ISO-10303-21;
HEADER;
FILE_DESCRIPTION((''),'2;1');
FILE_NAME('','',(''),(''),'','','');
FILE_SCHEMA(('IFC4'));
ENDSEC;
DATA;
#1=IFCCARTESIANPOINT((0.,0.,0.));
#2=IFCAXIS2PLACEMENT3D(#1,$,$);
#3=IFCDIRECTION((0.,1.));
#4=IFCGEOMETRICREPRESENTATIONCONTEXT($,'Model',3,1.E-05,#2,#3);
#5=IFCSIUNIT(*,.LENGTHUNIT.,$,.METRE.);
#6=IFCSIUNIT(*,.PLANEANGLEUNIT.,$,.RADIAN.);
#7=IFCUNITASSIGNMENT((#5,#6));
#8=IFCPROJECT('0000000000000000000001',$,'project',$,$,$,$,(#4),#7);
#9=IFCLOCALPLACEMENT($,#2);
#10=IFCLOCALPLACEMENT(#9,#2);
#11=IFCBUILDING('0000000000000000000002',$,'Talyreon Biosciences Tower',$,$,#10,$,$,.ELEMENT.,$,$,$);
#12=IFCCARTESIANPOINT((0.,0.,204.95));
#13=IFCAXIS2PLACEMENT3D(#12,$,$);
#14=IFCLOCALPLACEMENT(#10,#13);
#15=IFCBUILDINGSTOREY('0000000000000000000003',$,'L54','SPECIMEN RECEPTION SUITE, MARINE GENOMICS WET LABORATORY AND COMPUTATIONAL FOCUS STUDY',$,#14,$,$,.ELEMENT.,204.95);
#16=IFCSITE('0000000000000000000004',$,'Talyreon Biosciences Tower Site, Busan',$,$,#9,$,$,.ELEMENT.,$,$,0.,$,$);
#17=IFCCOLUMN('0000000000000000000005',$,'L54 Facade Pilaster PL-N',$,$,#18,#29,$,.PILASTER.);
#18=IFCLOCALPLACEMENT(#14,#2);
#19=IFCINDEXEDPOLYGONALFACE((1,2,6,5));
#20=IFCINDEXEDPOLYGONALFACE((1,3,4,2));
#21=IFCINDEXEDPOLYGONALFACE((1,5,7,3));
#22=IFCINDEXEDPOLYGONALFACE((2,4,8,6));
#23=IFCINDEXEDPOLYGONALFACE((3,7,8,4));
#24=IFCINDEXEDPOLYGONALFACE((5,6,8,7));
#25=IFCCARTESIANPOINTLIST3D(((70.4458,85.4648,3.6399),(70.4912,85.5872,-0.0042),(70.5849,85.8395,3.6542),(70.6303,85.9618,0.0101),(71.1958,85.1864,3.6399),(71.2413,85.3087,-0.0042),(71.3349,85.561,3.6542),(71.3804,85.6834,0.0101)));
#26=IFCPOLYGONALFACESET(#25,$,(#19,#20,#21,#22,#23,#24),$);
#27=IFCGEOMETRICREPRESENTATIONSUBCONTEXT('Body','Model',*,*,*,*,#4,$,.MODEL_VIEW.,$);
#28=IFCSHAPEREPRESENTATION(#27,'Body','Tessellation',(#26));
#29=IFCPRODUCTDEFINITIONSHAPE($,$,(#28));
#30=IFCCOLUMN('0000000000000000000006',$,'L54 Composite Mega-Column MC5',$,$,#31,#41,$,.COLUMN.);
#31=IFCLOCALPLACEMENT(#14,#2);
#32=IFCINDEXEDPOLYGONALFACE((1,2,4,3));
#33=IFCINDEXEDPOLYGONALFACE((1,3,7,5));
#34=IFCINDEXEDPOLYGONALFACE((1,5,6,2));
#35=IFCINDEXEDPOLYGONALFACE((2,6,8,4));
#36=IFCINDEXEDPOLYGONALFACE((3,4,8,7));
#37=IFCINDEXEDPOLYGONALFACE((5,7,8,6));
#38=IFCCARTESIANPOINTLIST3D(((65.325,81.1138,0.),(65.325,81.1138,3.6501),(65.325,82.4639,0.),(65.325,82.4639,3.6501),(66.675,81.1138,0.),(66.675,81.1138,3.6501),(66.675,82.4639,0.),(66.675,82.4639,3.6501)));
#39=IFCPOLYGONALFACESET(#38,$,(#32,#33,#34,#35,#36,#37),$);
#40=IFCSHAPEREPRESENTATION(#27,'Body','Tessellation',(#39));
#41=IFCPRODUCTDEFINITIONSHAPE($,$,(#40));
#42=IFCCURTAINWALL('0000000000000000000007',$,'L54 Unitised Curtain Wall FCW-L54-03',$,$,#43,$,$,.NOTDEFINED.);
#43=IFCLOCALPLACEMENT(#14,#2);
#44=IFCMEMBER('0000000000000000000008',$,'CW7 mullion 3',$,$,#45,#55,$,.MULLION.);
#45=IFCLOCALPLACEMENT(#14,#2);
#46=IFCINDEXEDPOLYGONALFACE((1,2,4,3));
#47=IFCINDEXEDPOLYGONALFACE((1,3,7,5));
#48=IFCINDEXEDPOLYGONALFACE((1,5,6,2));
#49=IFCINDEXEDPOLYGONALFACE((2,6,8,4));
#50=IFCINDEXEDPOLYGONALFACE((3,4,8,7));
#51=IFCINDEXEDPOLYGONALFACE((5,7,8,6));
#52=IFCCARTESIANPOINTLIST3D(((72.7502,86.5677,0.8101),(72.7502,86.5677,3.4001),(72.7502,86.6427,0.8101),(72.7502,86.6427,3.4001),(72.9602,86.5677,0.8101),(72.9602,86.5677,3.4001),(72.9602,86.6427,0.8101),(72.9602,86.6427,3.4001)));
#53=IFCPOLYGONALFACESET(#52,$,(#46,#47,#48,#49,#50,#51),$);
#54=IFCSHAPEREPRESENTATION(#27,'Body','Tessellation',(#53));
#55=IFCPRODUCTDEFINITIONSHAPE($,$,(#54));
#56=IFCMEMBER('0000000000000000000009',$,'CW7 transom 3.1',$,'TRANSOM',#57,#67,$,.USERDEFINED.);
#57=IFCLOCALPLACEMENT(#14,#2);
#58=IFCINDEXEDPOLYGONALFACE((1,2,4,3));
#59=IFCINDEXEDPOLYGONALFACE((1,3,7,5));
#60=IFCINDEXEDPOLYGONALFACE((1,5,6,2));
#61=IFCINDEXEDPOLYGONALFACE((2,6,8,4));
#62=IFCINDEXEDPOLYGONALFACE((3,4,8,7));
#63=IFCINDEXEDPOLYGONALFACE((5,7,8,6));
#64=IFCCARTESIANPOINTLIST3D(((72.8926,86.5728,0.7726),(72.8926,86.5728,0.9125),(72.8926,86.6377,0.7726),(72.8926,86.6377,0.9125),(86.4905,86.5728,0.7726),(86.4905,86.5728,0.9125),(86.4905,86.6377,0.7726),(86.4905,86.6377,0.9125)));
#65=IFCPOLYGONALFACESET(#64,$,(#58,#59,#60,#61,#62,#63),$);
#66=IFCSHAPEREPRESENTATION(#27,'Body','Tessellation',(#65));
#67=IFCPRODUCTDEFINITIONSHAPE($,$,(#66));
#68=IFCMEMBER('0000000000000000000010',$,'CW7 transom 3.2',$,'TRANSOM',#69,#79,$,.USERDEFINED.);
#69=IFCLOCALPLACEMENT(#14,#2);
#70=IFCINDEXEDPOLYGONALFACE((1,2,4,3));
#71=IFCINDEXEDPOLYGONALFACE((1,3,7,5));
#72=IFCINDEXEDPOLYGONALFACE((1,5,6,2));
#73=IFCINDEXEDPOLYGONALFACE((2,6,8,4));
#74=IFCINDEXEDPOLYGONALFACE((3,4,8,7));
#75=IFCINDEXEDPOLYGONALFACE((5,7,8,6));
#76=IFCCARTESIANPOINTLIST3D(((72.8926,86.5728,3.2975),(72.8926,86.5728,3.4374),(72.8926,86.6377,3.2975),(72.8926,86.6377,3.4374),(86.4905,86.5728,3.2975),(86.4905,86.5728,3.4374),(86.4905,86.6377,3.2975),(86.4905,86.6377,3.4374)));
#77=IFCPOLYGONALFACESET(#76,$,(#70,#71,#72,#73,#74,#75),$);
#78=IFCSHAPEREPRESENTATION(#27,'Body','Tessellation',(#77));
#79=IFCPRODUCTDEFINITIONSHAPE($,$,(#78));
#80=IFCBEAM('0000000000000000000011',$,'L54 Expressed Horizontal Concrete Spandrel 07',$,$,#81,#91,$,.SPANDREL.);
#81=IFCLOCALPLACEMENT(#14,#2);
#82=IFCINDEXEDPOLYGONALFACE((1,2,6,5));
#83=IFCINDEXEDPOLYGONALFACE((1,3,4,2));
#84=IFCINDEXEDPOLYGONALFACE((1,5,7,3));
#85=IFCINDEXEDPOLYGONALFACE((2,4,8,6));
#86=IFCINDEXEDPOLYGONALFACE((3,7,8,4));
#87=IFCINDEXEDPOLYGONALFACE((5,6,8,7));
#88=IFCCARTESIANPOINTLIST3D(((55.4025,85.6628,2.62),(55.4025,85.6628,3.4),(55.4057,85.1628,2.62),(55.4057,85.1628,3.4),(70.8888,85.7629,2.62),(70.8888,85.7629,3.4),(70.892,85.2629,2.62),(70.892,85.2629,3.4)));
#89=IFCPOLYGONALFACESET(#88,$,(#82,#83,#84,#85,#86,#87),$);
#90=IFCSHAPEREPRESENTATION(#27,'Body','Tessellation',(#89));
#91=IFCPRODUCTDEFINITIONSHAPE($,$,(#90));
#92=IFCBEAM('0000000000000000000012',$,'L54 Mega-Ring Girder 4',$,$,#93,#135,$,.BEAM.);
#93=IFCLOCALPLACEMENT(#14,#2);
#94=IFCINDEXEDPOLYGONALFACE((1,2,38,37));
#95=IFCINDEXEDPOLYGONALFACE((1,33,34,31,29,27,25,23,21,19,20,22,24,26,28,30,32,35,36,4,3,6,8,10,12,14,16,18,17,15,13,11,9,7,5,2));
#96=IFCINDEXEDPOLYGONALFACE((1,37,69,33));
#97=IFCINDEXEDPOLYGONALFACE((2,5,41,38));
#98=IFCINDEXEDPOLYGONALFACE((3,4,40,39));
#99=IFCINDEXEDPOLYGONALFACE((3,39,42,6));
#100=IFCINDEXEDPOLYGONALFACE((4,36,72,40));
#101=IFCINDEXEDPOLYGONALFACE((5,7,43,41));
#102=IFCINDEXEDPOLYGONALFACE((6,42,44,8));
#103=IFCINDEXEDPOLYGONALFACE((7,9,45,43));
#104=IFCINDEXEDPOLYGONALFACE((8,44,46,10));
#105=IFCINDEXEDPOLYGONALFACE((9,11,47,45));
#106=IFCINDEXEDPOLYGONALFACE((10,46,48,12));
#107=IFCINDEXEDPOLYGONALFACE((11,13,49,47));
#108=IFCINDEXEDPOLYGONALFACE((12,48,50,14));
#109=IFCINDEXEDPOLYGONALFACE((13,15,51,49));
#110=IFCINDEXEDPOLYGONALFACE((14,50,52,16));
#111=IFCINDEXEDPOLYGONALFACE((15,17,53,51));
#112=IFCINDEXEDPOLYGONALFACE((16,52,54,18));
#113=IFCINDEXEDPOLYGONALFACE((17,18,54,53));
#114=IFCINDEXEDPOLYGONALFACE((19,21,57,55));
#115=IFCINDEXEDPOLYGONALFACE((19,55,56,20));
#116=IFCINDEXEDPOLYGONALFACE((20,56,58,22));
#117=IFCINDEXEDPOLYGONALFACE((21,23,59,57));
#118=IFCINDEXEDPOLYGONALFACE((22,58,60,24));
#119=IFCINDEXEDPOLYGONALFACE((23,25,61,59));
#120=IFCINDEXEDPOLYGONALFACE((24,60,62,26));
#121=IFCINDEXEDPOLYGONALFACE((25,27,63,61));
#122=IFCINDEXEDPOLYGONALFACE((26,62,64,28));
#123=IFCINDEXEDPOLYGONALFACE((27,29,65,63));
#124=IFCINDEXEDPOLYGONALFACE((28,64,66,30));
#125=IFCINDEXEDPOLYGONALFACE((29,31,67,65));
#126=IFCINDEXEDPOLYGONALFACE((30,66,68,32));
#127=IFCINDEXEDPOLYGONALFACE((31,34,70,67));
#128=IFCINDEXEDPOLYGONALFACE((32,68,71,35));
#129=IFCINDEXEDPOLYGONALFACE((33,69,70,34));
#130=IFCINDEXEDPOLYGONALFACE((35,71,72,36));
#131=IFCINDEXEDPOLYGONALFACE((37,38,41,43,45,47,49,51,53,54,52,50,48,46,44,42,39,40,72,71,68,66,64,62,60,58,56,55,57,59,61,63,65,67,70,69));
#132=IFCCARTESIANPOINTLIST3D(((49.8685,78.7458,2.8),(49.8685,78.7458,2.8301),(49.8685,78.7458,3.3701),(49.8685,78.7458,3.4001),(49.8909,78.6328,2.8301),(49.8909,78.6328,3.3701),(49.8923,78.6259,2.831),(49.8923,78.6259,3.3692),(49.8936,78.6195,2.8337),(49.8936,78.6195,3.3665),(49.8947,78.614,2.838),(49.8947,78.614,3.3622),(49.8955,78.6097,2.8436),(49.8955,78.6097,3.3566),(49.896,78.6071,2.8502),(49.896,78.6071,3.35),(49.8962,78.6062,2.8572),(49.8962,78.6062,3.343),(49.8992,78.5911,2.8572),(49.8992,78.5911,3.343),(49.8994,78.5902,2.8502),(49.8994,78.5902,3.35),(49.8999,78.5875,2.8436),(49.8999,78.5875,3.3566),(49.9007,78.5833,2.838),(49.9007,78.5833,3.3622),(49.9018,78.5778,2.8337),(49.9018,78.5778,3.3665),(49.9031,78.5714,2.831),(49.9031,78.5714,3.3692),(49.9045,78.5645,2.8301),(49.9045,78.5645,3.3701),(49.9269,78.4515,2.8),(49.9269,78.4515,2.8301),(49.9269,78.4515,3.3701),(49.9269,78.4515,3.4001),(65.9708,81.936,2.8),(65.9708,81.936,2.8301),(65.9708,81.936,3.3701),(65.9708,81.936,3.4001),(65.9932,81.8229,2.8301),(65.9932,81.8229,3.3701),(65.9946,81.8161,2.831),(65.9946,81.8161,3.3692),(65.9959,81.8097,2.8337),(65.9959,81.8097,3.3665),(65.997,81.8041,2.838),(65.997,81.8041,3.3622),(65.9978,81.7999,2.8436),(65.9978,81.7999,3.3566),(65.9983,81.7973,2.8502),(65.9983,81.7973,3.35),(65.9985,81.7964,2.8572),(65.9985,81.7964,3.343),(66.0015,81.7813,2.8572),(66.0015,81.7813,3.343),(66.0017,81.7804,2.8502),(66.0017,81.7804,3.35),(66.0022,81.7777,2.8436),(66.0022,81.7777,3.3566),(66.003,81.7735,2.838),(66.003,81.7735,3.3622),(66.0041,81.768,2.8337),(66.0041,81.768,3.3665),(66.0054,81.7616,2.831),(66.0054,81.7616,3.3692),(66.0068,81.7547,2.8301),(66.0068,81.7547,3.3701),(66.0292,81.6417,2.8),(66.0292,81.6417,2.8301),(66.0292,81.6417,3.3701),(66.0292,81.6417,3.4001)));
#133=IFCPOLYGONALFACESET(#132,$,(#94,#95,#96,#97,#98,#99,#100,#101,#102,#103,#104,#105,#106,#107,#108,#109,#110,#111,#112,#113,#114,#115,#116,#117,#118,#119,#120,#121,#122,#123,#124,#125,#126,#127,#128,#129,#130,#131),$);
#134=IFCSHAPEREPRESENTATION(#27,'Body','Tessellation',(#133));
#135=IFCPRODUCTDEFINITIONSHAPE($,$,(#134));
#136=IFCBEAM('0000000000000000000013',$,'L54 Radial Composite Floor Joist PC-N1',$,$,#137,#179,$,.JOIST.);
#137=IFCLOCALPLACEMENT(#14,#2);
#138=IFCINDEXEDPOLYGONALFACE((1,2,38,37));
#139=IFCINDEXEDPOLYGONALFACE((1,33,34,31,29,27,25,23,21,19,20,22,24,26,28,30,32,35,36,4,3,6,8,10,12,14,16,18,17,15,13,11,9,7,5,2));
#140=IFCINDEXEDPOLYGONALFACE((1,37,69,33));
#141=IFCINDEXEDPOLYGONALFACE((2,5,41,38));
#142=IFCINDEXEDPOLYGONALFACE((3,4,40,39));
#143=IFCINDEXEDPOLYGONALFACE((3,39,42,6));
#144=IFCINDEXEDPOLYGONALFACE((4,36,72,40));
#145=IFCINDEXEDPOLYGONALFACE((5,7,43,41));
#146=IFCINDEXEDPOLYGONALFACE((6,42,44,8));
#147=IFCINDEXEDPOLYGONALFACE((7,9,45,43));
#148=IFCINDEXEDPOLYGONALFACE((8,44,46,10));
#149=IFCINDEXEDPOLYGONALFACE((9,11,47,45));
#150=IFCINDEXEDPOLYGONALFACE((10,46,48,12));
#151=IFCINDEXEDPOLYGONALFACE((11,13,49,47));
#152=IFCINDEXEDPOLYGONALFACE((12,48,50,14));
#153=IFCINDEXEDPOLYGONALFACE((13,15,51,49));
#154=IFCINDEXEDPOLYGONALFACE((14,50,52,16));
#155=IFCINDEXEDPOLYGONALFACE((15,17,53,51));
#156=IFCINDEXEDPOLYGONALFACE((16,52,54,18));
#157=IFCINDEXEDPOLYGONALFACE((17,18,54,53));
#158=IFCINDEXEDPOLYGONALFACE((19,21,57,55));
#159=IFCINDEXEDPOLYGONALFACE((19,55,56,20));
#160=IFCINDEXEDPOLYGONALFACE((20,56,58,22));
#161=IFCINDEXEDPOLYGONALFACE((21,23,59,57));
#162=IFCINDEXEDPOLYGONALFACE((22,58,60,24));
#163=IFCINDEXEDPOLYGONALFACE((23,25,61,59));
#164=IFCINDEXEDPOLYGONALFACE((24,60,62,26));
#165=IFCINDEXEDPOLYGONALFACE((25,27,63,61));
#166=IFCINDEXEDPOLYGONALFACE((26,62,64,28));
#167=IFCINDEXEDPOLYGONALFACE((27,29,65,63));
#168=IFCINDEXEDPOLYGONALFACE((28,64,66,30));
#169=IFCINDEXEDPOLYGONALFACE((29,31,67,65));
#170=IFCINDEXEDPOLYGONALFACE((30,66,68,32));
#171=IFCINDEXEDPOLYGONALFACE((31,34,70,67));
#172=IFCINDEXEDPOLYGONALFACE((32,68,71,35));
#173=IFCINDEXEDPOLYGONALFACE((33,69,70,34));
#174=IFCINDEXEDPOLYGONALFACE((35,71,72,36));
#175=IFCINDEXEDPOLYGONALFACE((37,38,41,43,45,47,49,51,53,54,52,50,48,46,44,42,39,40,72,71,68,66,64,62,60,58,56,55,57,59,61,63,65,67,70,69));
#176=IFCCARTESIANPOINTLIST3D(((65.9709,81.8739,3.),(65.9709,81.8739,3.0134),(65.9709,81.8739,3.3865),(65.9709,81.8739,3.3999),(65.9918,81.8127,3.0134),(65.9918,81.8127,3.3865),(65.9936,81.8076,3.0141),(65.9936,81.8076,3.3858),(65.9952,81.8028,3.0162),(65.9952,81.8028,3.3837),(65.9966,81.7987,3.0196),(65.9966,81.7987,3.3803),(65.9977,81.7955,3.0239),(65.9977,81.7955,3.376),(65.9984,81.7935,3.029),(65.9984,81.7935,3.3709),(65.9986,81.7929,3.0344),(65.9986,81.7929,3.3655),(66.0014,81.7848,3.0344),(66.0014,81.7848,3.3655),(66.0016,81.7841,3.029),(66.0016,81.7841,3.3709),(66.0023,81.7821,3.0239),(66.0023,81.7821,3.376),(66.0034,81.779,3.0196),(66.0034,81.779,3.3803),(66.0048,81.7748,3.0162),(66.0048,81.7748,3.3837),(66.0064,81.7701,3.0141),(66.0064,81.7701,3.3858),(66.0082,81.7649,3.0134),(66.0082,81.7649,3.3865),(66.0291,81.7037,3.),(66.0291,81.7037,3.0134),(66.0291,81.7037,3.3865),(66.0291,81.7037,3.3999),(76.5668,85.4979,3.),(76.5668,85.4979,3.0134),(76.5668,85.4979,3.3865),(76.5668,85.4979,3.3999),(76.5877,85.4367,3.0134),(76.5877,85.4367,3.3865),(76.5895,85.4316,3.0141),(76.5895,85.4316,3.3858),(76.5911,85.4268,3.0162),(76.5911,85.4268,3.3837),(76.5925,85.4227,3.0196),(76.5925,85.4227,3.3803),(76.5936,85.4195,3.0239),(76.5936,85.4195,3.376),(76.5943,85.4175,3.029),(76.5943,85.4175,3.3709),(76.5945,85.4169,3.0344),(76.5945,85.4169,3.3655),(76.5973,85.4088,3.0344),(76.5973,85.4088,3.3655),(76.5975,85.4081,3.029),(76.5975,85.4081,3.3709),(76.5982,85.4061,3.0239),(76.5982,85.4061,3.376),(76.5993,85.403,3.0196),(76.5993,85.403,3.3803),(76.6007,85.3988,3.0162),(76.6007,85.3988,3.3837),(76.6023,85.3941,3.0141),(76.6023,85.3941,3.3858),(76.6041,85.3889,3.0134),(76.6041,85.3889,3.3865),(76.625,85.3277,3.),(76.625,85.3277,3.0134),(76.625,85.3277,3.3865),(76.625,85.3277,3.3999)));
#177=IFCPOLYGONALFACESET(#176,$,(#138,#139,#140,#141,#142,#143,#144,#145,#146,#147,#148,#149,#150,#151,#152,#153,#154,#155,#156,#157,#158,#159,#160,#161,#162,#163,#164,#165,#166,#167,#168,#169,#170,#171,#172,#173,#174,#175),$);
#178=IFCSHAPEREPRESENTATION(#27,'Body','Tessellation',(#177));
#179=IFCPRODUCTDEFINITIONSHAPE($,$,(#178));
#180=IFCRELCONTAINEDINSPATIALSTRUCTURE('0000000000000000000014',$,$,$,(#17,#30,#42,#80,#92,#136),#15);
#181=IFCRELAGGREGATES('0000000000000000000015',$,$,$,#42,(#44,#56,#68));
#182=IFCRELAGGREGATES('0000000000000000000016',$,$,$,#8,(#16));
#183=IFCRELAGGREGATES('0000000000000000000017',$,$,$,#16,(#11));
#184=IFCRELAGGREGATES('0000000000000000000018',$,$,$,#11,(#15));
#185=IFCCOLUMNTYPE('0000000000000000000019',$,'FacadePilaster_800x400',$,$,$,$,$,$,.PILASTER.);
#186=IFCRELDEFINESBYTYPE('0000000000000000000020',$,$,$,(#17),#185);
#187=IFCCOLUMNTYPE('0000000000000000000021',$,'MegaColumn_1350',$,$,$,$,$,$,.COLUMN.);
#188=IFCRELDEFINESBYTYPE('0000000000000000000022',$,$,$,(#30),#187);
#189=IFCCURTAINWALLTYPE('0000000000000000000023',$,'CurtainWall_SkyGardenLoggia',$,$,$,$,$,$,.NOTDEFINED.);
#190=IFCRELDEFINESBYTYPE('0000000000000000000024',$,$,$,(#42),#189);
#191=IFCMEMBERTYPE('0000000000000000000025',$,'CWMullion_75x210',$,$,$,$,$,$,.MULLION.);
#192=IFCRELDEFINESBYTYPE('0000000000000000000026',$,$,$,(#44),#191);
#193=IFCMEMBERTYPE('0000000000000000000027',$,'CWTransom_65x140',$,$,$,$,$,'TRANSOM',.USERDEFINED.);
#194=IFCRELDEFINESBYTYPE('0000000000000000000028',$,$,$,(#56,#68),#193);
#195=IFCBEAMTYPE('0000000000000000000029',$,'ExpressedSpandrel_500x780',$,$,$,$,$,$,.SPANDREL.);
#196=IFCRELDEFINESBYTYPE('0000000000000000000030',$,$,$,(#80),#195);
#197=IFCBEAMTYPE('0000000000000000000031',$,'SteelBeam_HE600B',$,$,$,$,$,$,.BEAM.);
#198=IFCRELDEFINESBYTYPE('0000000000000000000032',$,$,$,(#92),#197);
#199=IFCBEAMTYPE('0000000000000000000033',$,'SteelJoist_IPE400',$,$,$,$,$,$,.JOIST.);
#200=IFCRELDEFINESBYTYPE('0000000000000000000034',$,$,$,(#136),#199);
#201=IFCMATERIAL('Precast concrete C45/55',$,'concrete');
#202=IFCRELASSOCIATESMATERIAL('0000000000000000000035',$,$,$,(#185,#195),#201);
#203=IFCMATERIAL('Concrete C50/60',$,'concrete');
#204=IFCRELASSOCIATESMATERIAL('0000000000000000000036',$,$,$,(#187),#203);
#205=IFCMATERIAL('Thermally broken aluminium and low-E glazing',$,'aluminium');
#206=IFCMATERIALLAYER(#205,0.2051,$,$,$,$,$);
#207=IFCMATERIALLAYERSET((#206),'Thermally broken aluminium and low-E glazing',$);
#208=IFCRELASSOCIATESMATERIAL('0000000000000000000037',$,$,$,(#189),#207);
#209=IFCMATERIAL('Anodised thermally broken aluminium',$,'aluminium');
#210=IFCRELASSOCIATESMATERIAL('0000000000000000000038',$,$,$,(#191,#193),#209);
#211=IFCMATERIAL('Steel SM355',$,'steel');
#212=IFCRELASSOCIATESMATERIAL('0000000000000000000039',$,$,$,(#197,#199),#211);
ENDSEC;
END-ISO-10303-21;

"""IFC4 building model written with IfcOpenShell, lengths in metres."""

from ifc_helpers import new_model, si_unit, direction, frame, origin, origin_2d, place, context, subcontext, project, spatial, rectangle, i_section, extrude, material, layer, layer_set, material_profile, profile_set, type_object, element, aggregate, save


model = new_model("IFC4")

# Units and contexts
model_context = context("Model", 3, precision=1e-05, world=origin(), true_north=direction((0.0, 1.0)))
body_context = subcontext(model_context, "Body", "Model", "MODEL_VIEW")
ifc_project = project(units=[si_unit("LENGTHUNIT", "METRE"), si_unit("PLANEANGLEUNIT", "RADIAN")], contexts=[model_context])

# Site, building, storey
site_placement = place(None, origin())
site = spatial("IfcSite", under=ifc_project, at=site_placement, Name="Talyreon Biosciences Tower Site, Busan", CompositionType="ELEMENT", RefElevation=0.0)
building_placement = place(site_placement, origin())
building = spatial("IfcBuilding", under=site, at=building_placement, Name="Talyreon Biosciences Tower", CompositionType="ELEMENT")
storey_placement = place(building_placement, frame((0.0, 0.0, 204.95)))
storey = spatial("IfcBuildingStorey", under=building, at=storey_placement, Name="L54", Description="SPECIMEN RECEPTION SUITE, MARINE GENOMICS WET LABORATORY AND COMPUTATIONAL FOCUS STUDY", CompositionType="ELEMENT", Elevation=204.95)

# Columns
ifc_material_1 = material(Name="Precast concrete C45/55", Category="concrete")
ifc_material_profile_1 = material_profile(ifc_material_1, rectangle(XDim=0.8, YDim=0.3999, at=origin_2d()), Name="RC 800x400")
ifc_profile_set_1 = profile_set([ifc_material_profile_1], Name="Precast concrete C45/55")
column_type_1 = type_object("IfcColumnType", Name="FacadePilaster_800x400", PredefinedType="PILASTER", material=ifc_profile_set_1)
column_1_placement = place(storey_placement, frame((70.9358, 85.6353, 0.0029), z_axis=(-0.012453, -0.033544, 0.99936), x_axis=(-0.937478, 0.348046, 0.0)))
element("IfcColumn", 1, at=column_1_placement, inside=storey, type_object=column_type_1, Name="L54 Facade Pilaster PL-N", PredefinedType="PILASTER", context=body_context, shape_type="SweptSolid", body=[
    extrude(rectangle(XDim=0.8, YDim=0.3999, at=origin_2d()), origin(), (0.0, 0.0, 1.0), 3.6465),
])
ifc_material_2 = material(Name="Concrete C50/60", Category="concrete")
ifc_material_profile_2 = material_profile(ifc_material_2, rectangle(XDim=1.3501, YDim=1.3501, at=origin_2d()), Name="RC 1350x1350")
ifc_profile_set_2 = profile_set([ifc_material_profile_2], Name="Concrete C50/60")
column_type_2 = type_object("IfcColumnType", Name="MegaColumn_1350", PredefinedType="COLUMN", material=ifc_profile_set_2)
column_2_placement = place(storey_placement, frame((66.0, 81.7888, 0.0), z_axis=(0.0, 0.0, 1.0), x_axis=(1.0, 0.0, 0.0)))
element("IfcColumn", 2, at=column_2_placement, inside=storey, type_object=column_type_2, Name="L54 Composite Mega-Column MC5", PredefinedType="COLUMN", context=body_context, shape_type="SweptSolid", body=[
    extrude(rectangle(XDim=1.3501, YDim=1.3501, at=origin_2d()), origin(), (0.0, 0.0, 1.0), 3.6501),
])

# Curtain wall, members
ifc_material_3 = material(Name="Thermally broken aluminium and low-E glazing", Category="aluminium")
ifc_layer_1 = layer(ifc_material_3, 0.2051)
ifc_layer_set_1 = layer_set([ifc_layer_1], Name="Thermally broken aluminium and low-E glazing")
curtain_wall_type = type_object("IfcCurtainWallType", Name="CurtainWall_SkyGardenLoggia", PredefinedType="NOTDEFINED", material=ifc_layer_set_1)
curtain_wall_placement = place(storey_placement, origin())
curtain_wall = element("IfcCurtainWall", 3, at=curtain_wall_placement, inside=storey, type_object=curtain_wall_type, Name="L54 Unitised Curtain Wall FCW-L54-03", PredefinedType="NOTDEFINED")
ifc_material_4 = material(Name="Anodised thermally broken aluminium", Category="aluminium")
ifc_material_profile_3 = material_profile(ifc_material_4, rectangle(XDim=0.075, YDim=0.21, at=origin_2d()), Name="ALUM MULLION 75x210")
ifc_profile_set_3 = profile_set([ifc_material_profile_3], Name="Anodised thermally broken aluminium")
member_type_1 = type_object("IfcMemberType", Name="CWMullion_75x210", PredefinedType="MULLION", material=ifc_profile_set_3)
member_1_placement = place(storey_placement, frame((72.8552, 86.6052, 0.8101), z_axis=(0.0, 0.0, 1.0), x_axis=(0.0, 1.0, 0.0)))
member_1 = element("IfcMember", 4, at=member_1_placement, type_object=member_type_1, Name="CW7 mullion 3", PredefinedType="MULLION", context=body_context, shape_type="SweptSolid", body=[
    extrude(rectangle(XDim=0.075, YDim=0.21, at=origin_2d()), origin(), (0.0, 0.0, 1.0), 2.5901),
])
ifc_material_profile_4 = material_profile(ifc_material_4, rectangle(XDim=0.0649, YDim=0.1399, at=origin_2d()), Name="ALUM TRANSOM 65x140")
ifc_profile_set_4 = profile_set([ifc_material_profile_4], Name="Anodised thermally broken aluminium")
member_type_2 = type_object("IfcMemberType", Name="CWTransom_65x140", ElementType="TRANSOM", PredefinedType="USERDEFINED", material=ifc_profile_set_4)
member_2_placement = place(storey_placement, frame((72.8926, 86.6052, 0.8425), z_axis=(1.0, 0.0, 0.0), x_axis=(0.0, 1.0, 0.0)))
member_2 = element("IfcMember", 5, at=member_2_placement, type_object=member_type_2, Name="CW7 transom 3.1", ObjectType="TRANSOM", PredefinedType="USERDEFINED", context=body_context, shape_type="SweptSolid", body=[
    extrude(rectangle(XDim=0.0649, YDim=0.1399, at=origin_2d()), origin(), (0.0, 0.0, 1.0), 13.5979),
])
member_3_placement = place(storey_placement, frame((72.8926, 86.6052, 3.3674), z_axis=(1.0, 0.0, 0.0), x_axis=(0.0, 1.0, 0.0)))
member_3 = element("IfcMember", 6, at=member_3_placement, type_object=member_type_2, Name="CW7 transom 3.2", ObjectType="TRANSOM", PredefinedType="USERDEFINED", context=body_context, shape_type="SweptSolid", body=[
    extrude(rectangle(XDim=0.0649, YDim=0.1399, at=origin_2d()), origin(), (0.0, 0.0, 1.0), 13.5979),
])

# Beams
ifc_material_profile_5 = material_profile(ifc_material_1, rectangle(XDim=0.5, YDim=0.78, at=origin_2d()), Name="RCB 500x780")
ifc_profile_set_5 = profile_set([ifc_material_profile_5], Name="Precast concrete C45/55")
beam_type_1 = type_object("IfcBeamType", Name="ExpressedSpandrel_500x780", PredefinedType="SPANDREL", material=ifc_profile_set_5)
beam_1_placement = place(storey_placement, frame((70.8904, 85.5129, 3.01), z_axis=(-0.999979, -0.006463, 0.0), x_axis=(0.006463, -0.999979, 0.0)))
element("IfcBeam", 7, at=beam_1_placement, inside=storey, type_object=beam_type_1, Name="L54 Expressed Horizontal Concrete Spandrel 07", PredefinedType="SPANDREL", context=body_context, shape_type="SweptSolid", body=[
    extrude(rectangle(XDim=0.5, YDim=0.78, at=origin_2d()), origin(), (0.0, 0.0, 1.0), 15.4866),
])
ifc_material_5 = material(Name="Steel SM355", Category="steel")
ifc_material_profile_6 = material_profile(ifc_material_5, i_section(OverallWidth=0.3, OverallDepth=0.6001, WebThickness=0.0154, FlangeThickness=0.03, FilletRadius=0.0271, at=origin_2d()), Name="HE600B")
ifc_profile_set_6 = profile_set([ifc_material_profile_6], Name="Steel SM355")
beam_type_2 = type_object("IfcBeamType", Name="SteelBeam_HE600B", PredefinedType="BEAM", material=ifc_profile_set_6)
beam_2_placement = place(storey_placement, frame((66.0, 81.7888, 3.1001), z_axis=(-0.980934, -0.194343, 0.0), x_axis=(0.194343, -0.980934, 0.0)))
element("IfcBeam", 8, at=beam_2_placement, inside=storey, type_object=beam_type_2, Name="L54 Mega-Ring Girder 4", PredefinedType="BEAM", context=body_context, shape_type="SweptSolid", body=[
    extrude(i_section(OverallWidth=0.3, OverallDepth=0.6001, WebThickness=0.0154, FlangeThickness=0.03, FilletRadius=0.0271, at=origin_2d()), origin(), (0.0, 0.0, 1.0), 16.4153),
])
ifc_material_profile_7 = material_profile(ifc_material_5, i_section(OverallWidth=0.1799, OverallDepth=0.3999, WebThickness=0.0085, FlangeThickness=0.0134, FilletRadius=0.021, at=origin_2d()), Name="IPE400")
ifc_profile_set_7 = profile_set([ifc_material_profile_7], Name="Steel SM355")
beam_type_3 = type_object("IfcBeamType", Name="SteelJoist_IPE400", PredefinedType="JOIST", material=ifc_profile_set_7)
for number, where, z_axis, x_axis, name in (
    (9, (66.0, 81.7888, 3.2), (0.946189, 0.323615, 0.0), (-0.323615, 0.946189, 0.0), "L54 Radial Composite Floor Joist PC-N1"),
):
    element("IfcBeam", number, at=place(storey_placement, frame(where, z_axis=z_axis, x_axis=x_axis)), inside=storey, type_object=beam_type_3, Name=name, PredefinedType="JOIST", context=body_context, shape_type="SweptSolid", body=[
        extrude(i_section(OverallWidth=0.1799, OverallDepth=0.3999, WebThickness=0.0085, FlangeThickness=0.0134, FilletRadius=0.021, at=origin_2d()), origin(), (0.0, 0.0, 1.0), 11.1985),
    ])

aggregate(curtain_wall, [member_1, member_2, member_3])

save(model, "model.ifc")
